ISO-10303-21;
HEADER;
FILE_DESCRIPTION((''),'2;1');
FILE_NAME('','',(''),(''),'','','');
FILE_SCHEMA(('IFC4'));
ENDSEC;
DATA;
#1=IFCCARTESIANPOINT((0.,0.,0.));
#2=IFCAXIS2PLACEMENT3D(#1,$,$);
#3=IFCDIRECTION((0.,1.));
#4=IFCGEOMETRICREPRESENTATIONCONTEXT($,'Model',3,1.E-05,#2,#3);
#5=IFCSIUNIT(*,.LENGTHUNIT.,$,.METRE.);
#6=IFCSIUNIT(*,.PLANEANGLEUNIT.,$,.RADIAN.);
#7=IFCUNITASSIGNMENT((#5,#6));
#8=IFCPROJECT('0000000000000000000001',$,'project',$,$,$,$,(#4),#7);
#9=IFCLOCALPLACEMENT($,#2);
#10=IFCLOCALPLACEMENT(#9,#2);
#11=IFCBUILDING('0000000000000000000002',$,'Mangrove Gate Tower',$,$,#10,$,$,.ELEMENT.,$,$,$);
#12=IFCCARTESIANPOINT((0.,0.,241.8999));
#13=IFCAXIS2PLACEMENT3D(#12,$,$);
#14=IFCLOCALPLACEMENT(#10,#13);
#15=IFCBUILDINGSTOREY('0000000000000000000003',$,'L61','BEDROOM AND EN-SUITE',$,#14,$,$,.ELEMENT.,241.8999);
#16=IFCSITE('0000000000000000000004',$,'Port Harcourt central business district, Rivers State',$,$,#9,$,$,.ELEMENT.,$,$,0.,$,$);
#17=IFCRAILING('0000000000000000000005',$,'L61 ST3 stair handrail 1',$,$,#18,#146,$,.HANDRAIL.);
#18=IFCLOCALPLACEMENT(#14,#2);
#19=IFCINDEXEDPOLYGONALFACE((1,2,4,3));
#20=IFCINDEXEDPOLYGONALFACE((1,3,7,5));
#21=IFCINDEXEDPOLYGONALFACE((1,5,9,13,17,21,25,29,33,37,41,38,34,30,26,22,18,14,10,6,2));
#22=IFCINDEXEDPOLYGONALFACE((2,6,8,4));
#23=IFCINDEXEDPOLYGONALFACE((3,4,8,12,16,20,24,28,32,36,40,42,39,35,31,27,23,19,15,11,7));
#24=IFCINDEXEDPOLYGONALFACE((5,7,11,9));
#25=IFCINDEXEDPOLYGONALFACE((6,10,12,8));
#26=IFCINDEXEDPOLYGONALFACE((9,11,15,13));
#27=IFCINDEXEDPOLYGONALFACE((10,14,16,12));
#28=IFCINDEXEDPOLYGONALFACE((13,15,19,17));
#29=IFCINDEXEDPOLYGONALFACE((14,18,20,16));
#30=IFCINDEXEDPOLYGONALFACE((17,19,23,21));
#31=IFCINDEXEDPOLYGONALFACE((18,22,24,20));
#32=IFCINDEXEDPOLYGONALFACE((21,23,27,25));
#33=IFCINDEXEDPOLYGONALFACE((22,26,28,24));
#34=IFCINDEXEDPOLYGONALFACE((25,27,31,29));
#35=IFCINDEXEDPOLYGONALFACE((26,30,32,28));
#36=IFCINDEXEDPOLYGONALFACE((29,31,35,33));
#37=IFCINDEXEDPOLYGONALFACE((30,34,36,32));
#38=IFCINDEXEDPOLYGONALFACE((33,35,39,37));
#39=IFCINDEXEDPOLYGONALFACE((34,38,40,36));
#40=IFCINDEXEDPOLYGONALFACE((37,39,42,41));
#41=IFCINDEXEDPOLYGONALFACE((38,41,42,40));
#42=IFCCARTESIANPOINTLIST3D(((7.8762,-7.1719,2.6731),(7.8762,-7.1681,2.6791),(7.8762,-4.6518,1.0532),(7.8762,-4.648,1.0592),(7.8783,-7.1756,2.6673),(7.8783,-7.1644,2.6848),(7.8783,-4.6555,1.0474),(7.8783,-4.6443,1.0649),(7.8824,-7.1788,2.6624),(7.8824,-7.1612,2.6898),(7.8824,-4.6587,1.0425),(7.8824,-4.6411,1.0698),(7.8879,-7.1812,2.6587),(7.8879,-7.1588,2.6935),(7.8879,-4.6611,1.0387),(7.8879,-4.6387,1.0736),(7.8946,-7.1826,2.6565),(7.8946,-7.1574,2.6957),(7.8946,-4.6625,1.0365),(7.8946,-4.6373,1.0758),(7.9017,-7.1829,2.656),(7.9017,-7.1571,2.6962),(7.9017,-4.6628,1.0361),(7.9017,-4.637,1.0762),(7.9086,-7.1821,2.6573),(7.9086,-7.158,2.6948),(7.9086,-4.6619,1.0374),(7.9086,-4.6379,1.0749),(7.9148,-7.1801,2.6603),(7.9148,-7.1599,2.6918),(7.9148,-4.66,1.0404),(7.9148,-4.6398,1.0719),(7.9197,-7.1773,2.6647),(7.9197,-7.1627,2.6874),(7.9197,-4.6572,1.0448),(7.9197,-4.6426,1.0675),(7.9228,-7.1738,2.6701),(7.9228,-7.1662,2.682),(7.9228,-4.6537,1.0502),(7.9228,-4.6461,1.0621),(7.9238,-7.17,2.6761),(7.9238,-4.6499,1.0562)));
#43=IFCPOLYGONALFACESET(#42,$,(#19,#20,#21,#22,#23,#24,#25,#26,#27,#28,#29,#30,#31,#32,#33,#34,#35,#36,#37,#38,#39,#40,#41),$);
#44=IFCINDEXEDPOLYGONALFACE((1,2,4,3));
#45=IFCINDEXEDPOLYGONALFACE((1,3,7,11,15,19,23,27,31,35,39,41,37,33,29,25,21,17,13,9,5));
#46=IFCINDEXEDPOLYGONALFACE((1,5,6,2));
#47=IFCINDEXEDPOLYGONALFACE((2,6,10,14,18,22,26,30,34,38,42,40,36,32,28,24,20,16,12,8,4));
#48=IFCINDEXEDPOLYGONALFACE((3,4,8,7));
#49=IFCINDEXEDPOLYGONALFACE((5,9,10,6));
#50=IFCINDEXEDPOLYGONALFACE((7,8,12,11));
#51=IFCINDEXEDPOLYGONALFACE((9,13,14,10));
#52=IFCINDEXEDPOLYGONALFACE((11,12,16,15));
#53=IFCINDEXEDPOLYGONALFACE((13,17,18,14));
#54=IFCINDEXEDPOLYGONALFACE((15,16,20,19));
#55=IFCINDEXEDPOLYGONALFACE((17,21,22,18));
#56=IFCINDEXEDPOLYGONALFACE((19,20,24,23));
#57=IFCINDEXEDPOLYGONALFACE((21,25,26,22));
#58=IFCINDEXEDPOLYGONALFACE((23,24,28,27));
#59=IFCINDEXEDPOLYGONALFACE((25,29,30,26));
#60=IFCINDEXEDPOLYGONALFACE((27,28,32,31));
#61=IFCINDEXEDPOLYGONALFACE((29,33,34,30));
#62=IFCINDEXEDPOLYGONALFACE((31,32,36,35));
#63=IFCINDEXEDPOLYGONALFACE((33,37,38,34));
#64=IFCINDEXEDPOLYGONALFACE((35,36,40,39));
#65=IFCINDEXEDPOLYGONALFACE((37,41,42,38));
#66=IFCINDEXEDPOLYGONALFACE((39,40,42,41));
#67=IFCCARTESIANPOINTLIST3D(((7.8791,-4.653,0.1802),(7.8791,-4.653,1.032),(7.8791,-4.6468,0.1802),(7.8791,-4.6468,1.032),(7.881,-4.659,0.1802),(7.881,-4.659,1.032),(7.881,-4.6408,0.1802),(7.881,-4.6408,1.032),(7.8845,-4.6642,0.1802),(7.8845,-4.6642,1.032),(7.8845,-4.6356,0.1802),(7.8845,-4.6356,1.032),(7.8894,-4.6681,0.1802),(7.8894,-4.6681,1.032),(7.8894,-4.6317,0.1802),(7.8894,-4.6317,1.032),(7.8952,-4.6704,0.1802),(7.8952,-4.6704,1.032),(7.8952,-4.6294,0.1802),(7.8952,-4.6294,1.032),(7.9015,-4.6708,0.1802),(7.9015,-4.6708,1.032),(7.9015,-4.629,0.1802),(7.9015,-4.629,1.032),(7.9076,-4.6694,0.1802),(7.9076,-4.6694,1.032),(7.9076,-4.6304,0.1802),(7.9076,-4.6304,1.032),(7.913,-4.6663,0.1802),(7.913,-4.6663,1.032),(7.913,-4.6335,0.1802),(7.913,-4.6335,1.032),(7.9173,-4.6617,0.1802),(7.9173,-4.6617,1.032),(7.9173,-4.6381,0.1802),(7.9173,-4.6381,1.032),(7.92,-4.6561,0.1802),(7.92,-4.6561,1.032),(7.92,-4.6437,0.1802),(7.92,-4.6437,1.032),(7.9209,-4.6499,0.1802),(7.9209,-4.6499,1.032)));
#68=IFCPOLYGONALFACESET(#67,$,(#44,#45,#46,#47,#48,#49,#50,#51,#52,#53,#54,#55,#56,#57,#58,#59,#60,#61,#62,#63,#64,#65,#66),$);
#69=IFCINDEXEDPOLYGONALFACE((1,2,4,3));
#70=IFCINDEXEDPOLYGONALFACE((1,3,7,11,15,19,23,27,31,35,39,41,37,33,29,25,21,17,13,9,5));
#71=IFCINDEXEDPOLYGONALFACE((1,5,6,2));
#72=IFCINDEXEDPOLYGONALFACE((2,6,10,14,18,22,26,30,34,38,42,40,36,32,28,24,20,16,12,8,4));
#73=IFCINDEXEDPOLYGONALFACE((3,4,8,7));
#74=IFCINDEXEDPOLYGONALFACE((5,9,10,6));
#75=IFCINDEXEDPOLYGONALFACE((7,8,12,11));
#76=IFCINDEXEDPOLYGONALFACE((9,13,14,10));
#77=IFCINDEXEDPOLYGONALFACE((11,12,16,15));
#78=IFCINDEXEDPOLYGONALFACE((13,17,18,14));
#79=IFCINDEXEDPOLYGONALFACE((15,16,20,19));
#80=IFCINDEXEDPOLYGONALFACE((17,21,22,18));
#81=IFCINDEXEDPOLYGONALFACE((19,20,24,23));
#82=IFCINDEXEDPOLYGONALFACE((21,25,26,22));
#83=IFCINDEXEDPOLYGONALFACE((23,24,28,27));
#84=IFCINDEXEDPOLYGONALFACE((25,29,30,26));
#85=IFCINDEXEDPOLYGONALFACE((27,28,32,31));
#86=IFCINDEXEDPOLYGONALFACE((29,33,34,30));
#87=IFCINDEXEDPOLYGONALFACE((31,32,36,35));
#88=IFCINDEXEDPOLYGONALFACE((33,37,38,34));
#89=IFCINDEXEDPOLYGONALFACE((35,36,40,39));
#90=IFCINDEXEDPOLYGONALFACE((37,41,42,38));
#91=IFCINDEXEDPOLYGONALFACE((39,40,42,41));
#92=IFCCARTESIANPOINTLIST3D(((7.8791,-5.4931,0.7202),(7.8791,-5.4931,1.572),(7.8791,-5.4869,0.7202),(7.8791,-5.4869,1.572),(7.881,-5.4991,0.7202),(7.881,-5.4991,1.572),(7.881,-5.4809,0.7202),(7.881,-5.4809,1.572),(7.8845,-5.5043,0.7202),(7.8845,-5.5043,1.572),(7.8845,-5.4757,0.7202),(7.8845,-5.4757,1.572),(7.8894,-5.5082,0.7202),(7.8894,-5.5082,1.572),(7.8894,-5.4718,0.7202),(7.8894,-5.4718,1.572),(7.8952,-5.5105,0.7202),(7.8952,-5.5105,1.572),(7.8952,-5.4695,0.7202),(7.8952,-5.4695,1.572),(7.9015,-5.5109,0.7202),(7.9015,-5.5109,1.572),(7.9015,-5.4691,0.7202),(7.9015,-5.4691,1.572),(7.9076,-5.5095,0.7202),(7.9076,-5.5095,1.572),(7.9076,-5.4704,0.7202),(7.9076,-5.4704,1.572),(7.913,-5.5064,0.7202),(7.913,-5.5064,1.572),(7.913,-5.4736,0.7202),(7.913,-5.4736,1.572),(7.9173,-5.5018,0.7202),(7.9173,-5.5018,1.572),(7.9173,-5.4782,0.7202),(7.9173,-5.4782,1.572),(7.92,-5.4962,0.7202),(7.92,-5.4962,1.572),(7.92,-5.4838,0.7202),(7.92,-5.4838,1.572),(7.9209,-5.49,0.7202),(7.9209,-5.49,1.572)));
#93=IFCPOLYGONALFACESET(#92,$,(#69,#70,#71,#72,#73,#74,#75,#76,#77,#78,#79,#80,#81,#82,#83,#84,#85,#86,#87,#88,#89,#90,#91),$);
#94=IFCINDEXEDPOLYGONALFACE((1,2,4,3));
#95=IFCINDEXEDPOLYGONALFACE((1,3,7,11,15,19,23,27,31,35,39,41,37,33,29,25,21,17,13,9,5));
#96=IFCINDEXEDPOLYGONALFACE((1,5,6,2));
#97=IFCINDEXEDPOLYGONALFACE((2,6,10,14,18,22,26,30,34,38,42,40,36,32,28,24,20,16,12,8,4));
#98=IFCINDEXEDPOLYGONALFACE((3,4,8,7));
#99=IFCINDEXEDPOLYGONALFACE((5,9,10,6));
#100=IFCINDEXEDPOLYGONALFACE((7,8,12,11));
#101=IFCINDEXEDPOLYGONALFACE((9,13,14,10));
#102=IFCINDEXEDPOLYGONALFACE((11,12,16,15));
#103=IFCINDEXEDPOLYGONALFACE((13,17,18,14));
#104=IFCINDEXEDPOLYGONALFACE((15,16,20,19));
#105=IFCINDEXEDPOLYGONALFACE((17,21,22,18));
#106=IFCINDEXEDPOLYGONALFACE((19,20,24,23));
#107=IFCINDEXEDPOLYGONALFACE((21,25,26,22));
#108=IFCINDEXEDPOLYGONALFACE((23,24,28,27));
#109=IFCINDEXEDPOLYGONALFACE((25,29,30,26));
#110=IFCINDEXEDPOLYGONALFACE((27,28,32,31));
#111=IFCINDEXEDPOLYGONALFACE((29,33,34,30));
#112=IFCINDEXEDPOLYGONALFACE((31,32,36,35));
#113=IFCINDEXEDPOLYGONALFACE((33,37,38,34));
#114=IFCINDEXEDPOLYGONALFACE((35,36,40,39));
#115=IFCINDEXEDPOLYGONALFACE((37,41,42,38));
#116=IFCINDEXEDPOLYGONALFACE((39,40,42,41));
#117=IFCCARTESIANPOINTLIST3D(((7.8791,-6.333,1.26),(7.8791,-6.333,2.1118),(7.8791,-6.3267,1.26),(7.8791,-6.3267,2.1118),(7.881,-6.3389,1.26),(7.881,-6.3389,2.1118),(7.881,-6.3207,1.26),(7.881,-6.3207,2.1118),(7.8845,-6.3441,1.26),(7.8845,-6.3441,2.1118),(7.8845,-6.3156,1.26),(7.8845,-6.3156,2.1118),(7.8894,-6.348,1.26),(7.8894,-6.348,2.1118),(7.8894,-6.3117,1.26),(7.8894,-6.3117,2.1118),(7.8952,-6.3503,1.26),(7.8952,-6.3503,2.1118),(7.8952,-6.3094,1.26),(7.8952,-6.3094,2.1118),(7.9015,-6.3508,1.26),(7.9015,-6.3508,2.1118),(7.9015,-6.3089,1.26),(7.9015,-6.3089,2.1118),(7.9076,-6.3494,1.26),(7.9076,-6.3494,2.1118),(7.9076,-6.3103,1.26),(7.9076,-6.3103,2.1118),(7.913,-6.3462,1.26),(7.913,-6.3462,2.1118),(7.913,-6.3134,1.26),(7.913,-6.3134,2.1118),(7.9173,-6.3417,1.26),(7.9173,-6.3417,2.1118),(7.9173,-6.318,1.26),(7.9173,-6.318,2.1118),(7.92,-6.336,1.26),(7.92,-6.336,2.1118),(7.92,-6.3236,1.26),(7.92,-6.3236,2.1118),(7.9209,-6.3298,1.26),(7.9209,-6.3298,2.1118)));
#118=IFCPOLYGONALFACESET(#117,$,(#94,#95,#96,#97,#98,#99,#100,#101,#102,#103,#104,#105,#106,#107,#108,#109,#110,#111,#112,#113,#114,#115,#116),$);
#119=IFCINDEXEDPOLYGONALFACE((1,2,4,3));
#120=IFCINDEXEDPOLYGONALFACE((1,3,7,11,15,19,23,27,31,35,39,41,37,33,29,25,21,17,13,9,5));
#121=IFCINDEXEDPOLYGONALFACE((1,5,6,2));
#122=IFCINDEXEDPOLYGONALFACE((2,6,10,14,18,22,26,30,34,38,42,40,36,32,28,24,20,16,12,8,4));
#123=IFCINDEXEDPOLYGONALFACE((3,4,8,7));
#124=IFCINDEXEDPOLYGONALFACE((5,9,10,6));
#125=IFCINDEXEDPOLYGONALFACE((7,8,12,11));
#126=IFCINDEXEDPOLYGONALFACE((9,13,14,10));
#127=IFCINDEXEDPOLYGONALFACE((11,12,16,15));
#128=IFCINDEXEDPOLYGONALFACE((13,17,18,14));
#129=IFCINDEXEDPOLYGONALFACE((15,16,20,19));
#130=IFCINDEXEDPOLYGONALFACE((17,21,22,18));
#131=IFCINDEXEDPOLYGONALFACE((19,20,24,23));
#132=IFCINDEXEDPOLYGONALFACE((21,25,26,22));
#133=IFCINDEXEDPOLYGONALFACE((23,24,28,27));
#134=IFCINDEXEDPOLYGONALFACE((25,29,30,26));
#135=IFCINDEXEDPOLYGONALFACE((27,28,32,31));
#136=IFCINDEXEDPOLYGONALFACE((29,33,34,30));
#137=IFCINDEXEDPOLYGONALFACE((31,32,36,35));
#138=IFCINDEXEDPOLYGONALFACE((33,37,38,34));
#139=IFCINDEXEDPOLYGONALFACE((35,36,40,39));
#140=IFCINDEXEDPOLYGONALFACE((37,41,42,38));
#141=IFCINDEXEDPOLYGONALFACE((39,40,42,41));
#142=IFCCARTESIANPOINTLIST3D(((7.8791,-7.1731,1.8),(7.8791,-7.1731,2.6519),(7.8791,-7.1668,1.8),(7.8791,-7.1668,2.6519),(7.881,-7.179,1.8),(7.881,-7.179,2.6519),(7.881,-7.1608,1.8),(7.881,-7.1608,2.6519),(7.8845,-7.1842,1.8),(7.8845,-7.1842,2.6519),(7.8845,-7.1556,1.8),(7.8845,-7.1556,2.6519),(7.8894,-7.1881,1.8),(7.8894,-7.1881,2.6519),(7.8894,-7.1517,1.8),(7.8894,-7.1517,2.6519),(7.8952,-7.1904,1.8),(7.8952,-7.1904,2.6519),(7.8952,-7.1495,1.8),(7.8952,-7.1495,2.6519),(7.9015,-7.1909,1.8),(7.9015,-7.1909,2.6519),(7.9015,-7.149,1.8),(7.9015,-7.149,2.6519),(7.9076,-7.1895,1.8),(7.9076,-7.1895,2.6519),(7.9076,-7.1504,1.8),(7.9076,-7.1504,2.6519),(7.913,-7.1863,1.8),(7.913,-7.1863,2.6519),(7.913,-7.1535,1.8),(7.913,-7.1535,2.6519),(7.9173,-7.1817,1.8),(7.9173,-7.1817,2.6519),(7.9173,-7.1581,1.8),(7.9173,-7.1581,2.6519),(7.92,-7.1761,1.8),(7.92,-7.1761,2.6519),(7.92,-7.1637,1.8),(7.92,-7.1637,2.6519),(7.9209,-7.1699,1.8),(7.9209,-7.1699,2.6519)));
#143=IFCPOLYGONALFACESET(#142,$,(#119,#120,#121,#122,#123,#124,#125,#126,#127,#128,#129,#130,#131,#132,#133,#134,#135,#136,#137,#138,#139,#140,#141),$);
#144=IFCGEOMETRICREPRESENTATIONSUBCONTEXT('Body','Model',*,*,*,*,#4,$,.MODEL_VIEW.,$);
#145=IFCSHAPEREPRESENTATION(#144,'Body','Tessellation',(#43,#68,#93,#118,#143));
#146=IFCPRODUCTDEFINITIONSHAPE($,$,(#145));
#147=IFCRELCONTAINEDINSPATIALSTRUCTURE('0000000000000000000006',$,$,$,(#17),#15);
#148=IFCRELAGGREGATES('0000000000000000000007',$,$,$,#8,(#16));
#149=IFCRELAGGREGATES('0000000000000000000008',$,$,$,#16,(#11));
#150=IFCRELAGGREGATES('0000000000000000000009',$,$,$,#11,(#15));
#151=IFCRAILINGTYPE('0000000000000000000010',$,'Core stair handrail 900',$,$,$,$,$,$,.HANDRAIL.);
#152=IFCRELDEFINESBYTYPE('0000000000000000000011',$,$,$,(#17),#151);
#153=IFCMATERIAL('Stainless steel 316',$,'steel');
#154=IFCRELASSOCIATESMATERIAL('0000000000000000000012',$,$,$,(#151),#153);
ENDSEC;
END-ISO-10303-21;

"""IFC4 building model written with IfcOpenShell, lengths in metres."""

from ifc_helpers import new_model, si_unit, direction, frame, origin, origin_2d, place, context, subcontext, project, spatial, circle, extrude, material, type_object, element, save


model = new_model("IFC4")

# Units and contexts
model_context = context("Model", 3, precision=1e-05, world=origin(), true_north=direction((0.0, 1.0)))
body_context = subcontext(model_context, "Body", "Model", "MODEL_VIEW")
ifc_project = project(units=[si_unit("LENGTHUNIT", "METRE"), si_unit("PLANEANGLEUNIT", "RADIAN")], contexts=[model_context])

# Site, building, storey
site_placement = place(None, origin())
site = spatial("IfcSite", under=ifc_project, at=site_placement, Name="Port Harcourt central business district, Rivers State", CompositionType="ELEMENT", RefElevation=0.0)
building_placement = place(site_placement, origin())
building = spatial("IfcBuilding", under=site, at=building_placement, Name="Mangrove Gate Tower", CompositionType="ELEMENT")
storey_placement = place(building_placement, frame((0.0, 0.0, 241.8999)))
storey = spatial("IfcBuildingStorey", under=building, at=storey_placement, Name="L61", Description="BEDROOM AND EN-SUITE", CompositionType="ELEMENT", Elevation=241.8999)

# Railing
ifc_material_1 = material(Name="Stainless steel 316", Category="steel")
railing_type_1 = type_object("IfcRailingType", Name="Core stair handrail 900", PredefinedType="HANDRAIL", material=ifc_material_1)
railing_1_placement = place(storey_placement, frame((7.8999, -4.6499, 0.1802)))
element("IfcRailing", 1, at=railing_1_placement, inside=storey, type_object=railing_type_1, Name="L61 ST3 stair handrail 1", PredefinedType="HANDRAIL", context=body_context, shape_type="SweptSolid", body=[
    extrude(circle(Radius=0.0239, at=origin_2d()), frame((0.0, 0.0, 0.876), z_axis=(0.0, -0.8412, 0.540725), x_axis=(1.0, 0.0, 0.0)), (0.0, 0.0, 1.0), 2.9958),
    extrude(circle(Radius=0.021, at=origin_2d()), origin(), (0.0, 0.0, 1.0), 0.8518),
    extrude(circle(Radius=0.021, at=origin_2d()), frame((0.0, -0.8401, 0.54)), (0.0, 0.0, 1.0), 0.8518),
    extrude(circle(Radius=0.021, at=origin_2d()), frame((0.0, -1.6799, 1.0798)), (0.0, 0.0, 1.0), 0.8518),
    extrude(circle(Radius=0.021, at=origin_2d()), frame((0.0, -2.52, 1.6199)), (0.0, 0.0, 1.0), 0.8518),
])

save(model, "model.ifc")
